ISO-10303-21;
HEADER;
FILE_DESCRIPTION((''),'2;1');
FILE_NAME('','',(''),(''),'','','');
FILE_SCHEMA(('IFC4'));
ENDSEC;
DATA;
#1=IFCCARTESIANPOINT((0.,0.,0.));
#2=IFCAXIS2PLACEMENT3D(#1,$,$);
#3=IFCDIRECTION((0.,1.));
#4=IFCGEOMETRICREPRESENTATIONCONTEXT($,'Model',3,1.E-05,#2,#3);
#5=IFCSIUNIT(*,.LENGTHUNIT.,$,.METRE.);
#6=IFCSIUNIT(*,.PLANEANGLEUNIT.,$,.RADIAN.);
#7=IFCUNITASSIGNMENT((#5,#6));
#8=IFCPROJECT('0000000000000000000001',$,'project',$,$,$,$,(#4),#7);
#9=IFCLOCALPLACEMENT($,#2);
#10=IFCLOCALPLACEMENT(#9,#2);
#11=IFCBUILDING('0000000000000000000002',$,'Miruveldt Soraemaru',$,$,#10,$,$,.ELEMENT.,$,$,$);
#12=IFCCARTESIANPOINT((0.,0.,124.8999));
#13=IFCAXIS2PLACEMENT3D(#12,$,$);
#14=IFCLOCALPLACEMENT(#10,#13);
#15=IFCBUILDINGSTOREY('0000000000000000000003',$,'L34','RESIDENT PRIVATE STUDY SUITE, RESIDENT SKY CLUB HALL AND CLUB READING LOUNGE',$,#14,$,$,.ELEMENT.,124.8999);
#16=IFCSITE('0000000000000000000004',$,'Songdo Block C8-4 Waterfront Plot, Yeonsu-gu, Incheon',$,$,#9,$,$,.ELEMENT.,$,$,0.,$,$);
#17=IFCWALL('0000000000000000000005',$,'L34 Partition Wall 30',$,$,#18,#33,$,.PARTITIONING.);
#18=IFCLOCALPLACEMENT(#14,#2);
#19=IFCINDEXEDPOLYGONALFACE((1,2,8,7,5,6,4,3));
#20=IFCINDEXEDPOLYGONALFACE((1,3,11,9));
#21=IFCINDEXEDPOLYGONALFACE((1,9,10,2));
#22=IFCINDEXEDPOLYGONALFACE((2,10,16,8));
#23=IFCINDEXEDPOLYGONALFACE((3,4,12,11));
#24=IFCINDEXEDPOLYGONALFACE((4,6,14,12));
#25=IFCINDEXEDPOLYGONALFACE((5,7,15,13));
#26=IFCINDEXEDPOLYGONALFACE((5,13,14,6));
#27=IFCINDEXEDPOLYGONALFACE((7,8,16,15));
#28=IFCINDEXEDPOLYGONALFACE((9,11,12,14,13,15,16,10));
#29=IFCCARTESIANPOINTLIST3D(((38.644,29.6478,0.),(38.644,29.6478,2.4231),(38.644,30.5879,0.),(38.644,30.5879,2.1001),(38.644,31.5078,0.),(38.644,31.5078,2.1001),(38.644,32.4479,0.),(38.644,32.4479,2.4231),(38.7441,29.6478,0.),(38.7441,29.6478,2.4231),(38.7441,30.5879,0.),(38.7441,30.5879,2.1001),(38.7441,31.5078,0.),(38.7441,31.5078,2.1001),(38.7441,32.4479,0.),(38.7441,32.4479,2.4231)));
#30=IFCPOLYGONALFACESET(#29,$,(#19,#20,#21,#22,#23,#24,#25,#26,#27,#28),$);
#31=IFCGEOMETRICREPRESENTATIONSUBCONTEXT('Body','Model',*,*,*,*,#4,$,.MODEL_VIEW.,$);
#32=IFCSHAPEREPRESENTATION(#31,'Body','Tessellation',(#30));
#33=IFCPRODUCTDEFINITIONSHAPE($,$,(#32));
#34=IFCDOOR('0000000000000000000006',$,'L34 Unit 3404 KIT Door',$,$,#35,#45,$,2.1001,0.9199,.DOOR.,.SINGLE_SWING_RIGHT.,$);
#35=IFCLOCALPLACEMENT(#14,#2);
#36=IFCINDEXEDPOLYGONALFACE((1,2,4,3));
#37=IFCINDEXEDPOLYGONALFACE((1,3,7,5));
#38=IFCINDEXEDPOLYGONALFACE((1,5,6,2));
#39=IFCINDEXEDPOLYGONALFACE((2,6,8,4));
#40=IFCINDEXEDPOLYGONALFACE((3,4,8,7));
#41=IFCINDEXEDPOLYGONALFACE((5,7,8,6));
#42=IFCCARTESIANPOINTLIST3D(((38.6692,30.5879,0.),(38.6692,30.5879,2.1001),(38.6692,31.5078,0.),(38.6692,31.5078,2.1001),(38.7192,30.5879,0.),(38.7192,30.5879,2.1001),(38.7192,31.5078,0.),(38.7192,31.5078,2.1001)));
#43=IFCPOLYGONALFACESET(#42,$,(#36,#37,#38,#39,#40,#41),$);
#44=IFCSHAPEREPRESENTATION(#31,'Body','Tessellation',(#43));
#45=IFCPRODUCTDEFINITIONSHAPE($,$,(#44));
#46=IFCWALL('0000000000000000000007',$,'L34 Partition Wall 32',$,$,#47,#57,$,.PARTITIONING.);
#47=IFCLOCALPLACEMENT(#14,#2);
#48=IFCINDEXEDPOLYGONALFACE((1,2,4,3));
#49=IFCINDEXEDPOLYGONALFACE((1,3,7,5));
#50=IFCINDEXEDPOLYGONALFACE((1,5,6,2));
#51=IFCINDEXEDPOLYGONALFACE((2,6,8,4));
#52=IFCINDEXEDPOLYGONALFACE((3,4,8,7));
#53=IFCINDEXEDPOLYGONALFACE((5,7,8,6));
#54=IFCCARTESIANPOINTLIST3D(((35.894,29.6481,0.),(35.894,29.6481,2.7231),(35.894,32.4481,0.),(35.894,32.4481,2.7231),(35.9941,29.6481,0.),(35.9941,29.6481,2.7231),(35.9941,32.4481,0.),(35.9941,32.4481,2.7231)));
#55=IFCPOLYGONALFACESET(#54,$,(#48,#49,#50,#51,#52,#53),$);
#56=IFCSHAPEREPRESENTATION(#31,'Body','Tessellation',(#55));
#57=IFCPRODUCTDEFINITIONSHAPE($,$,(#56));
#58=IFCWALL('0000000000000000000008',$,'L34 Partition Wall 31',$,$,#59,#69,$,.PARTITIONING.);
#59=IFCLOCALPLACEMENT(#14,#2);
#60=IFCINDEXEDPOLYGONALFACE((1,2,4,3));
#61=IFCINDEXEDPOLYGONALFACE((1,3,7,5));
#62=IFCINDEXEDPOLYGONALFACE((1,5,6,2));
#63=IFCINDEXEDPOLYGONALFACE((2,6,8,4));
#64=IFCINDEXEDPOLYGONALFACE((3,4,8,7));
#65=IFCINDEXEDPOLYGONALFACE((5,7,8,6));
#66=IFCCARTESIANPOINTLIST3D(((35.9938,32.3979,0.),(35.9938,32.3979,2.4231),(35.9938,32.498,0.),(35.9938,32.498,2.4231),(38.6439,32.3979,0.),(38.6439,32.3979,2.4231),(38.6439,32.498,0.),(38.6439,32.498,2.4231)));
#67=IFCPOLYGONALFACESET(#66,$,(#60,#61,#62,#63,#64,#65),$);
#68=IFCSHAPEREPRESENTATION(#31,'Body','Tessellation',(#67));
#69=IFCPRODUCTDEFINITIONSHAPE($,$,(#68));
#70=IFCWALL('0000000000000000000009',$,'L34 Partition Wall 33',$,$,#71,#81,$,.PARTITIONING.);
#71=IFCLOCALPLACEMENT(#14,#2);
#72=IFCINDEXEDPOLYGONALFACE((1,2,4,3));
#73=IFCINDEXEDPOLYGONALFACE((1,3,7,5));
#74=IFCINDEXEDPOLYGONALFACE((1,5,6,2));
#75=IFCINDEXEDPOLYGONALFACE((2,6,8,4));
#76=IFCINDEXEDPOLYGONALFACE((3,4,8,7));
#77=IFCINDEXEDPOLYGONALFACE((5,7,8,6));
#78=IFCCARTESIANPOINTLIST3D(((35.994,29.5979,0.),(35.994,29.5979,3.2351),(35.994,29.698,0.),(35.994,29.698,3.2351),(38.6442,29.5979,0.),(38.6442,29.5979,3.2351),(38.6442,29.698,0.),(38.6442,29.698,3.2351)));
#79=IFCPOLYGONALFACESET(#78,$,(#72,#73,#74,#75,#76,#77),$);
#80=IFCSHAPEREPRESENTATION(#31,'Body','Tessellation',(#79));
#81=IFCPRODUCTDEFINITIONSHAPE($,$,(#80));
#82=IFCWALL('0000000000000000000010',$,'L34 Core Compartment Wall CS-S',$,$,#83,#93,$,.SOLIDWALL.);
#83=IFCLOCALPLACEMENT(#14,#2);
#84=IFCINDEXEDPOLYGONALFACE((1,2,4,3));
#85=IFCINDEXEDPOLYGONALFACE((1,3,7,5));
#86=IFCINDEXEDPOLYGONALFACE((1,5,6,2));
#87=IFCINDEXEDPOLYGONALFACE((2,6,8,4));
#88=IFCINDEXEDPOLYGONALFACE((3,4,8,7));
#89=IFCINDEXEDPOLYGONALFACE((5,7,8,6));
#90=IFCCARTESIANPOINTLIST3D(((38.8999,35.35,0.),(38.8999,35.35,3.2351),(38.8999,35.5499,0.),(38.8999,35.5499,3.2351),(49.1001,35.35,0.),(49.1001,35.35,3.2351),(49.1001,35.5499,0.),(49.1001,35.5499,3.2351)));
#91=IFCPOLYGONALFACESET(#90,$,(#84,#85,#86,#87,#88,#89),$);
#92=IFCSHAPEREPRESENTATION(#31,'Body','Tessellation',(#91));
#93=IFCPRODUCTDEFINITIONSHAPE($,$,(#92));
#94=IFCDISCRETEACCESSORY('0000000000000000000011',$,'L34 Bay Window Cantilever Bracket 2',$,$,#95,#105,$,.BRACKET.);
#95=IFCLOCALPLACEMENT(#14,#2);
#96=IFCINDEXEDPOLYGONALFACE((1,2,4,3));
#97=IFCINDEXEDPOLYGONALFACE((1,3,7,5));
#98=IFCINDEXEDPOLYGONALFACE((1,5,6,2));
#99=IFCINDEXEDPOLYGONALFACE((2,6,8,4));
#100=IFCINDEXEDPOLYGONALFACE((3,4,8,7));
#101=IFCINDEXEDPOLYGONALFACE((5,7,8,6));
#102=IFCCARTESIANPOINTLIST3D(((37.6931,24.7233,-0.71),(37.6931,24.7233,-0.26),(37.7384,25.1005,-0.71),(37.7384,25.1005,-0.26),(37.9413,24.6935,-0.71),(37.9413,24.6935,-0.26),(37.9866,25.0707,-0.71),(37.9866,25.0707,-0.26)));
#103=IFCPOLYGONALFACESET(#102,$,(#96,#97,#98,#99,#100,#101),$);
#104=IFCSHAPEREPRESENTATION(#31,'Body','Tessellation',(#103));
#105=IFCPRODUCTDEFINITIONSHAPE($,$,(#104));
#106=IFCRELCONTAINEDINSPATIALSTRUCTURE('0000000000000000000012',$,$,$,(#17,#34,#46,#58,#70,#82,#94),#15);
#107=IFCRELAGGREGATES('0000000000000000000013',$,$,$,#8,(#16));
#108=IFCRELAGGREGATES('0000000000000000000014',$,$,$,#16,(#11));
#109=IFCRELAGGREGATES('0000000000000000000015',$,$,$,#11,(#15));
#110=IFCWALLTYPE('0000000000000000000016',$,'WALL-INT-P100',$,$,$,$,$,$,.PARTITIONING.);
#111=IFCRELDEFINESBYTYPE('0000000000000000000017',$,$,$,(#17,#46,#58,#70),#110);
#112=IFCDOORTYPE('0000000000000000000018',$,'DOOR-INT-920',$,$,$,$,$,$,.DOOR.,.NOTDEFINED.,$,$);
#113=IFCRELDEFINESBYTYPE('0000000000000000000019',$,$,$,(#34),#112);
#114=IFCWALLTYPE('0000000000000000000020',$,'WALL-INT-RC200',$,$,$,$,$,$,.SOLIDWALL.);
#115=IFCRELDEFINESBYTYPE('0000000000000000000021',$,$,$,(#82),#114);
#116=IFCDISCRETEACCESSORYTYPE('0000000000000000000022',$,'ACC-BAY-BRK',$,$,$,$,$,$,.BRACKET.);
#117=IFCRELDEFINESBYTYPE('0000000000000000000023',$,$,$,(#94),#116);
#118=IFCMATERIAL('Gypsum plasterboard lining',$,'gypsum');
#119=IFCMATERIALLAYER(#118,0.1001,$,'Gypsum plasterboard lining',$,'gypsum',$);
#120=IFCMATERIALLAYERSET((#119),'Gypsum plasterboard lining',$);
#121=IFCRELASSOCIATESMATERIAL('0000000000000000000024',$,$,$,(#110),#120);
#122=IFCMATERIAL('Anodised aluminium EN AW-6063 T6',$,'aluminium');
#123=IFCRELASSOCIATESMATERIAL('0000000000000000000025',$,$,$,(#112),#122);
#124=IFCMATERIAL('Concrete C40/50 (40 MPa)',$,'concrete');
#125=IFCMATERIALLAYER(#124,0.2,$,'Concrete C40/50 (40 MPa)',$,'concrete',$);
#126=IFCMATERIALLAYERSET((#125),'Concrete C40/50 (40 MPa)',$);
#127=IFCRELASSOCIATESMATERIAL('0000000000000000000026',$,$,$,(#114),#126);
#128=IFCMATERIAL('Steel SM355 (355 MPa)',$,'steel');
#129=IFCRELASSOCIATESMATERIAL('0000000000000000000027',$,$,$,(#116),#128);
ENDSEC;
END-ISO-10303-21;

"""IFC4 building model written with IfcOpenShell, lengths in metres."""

from ifc_helpers import new_model, si_unit, direction, frame, frame_2d, origin, origin_2d, place, context, subcontext, project, spatial, rectangle, extrude, material, layer, layer_set, type_object, element, fill, save


model = new_model("IFC4")

# Units and contexts
model_context = context("Model", 3, precision=1e-05, world=origin(), true_north=direction((0.0, 1.0)))
body_context = subcontext(model_context, "Body", "Model", "MODEL_VIEW")
ifc_project = project(units=[si_unit("LENGTHUNIT", "METRE"), si_unit("PLANEANGLEUNIT", "RADIAN")], contexts=[model_context])

# Site, building, storey
site_placement = place(None, origin())
site = spatial("IfcSite", under=ifc_project, at=site_placement, Name="Songdo Block C8-4 Waterfront Plot, Yeonsu-gu, Incheon", CompositionType="ELEMENT", RefElevation=0.0)
building_placement = place(site_placement, origin())
building = spatial("IfcBuilding", under=site, at=building_placement, Name="Miruveldt Soraemaru", CompositionType="ELEMENT")
storey_placement = place(building_placement, frame((0.0, 0.0, 124.8999)))
storey = spatial("IfcBuildingStorey", under=building, at=storey_placement, Name="L34", Description="RESIDENT PRIVATE STUDY SUITE, RESIDENT SKY CLUB HALL AND CLUB READING LOUNGE", CompositionType="ELEMENT", Elevation=124.8999)

# Wall, opening, door
ifc_material_1 = material(Name="Gypsum plasterboard lining", Category="gypsum")
ifc_layer_1 = layer(ifc_material_1, 0.1001, Name="Gypsum plasterboard lining", Category="gypsum")
ifc_layer_set_1 = layer_set([ifc_layer_1], Name="Gypsum plasterboard lining")
wall_type_1 = type_object("IfcWallType", Name="WALL-INT-P100", PredefinedType="PARTITIONING", material=ifc_layer_set_1)
wall_1_placement = place(storey_placement, frame((38.6941, 29.6479, 0.0), z_axis=(0.0, 0.0, 1.0), x_axis=(0.0, 1.0, 0.0)))
wall_1 = element("IfcWall", 1, at=wall_1_placement, inside=storey, type_object=wall_type_1, Name="L34 Partition Wall 30", PredefinedType="PARTITIONING", context=body_context, shape_type="SweptSolid", body=[
    extrude(rectangle(XDim=2.8, YDim=0.1001, at=frame_2d((1.3999, 0.0))), origin(), (0.0, 0.0, 1.0), 2.4231),
])
opening_1_placement = place(wall_1_placement, frame((0.9399, 0.0, 0.0)))
opening_1 = element("IfcOpeningElement", 2, at=opening_1_placement, cuts=wall_1, PredefinedType="OPENING", context=body_context, shape_type="SweptSolid", body=[
    extrude(rectangle(XDim=0.9199, YDim=2.1001, at=frame_2d((0.46, 1.05))), frame((0.0, 0.0601, 0.0), z_axis=(0.0, -1.0, 0.0), x_axis=(1.0, 0.0, 0.0)), (0.0, 0.0, 1.0), 0.1201),
])
ifc_material_2 = material(Name="Anodised aluminium EN AW-6063 T6", Category="aluminium")
door_type = type_object("IfcDoorType", Name="DOOR-INT-920", OperationType="NOTDEFINED", PredefinedType="DOOR", material=ifc_material_2)
door_placement = place(opening_1_placement, origin())
door = element("IfcDoor", 3, at=door_placement, inside=storey, type_object=door_type, Name="L34 Unit 3404 KIT Door", OperationType="SINGLE_SWING_RIGHT", OverallHeight=2.1001, OverallWidth=0.9199, PredefinedType="DOOR", context=body_context, shape_type="SweptSolid", body=[
    extrude(rectangle(XDim=0.9199, YDim=2.1001, at=frame_2d((0.46, 1.05))), frame((0.0, 0.0249, 0.0), z_axis=(0.0, -1.0, 0.0), x_axis=(1.0, 0.0, 0.0)), (0.0, 0.0, 1.0), 0.05),
])
fill(opening_1, door)

# Walls
wall_2_placement = place(storey_placement, frame((35.9441, 32.448, 0.0), z_axis=(0.0, 0.0, 1.0), x_axis=(0.0, -1.0, 0.0)))
element("IfcWall", 4, at=wall_2_placement, inside=storey, type_object=wall_type_1, Name="L34 Partition Wall 32", PredefinedType="PARTITIONING", context=body_context, shape_type="SweptSolid", body=[
    extrude(rectangle(XDim=2.8, YDim=0.1001, at=frame_2d((1.3999, 0.0))), origin(), (0.0, 0.0, 1.0), 2.7231),
])
wall_3_placement = place(storey_placement, frame((38.644, 32.448, 0.0), z_axis=(0.0, 0.0, 1.0), x_axis=(-1.0, 0.0, 0.0)))
element("IfcWall", 5, at=wall_3_placement, inside=storey, type_object=wall_type_1, Name="L34 Partition Wall 31", PredefinedType="PARTITIONING", context=body_context, shape_type="SweptSolid", body=[
    extrude(rectangle(XDim=2.6501, YDim=0.1001, at=frame_2d((1.3252, 0.0))), origin(), (0.0, 0.0, 1.0), 2.4231),
])
wall_4_placement = place(storey_placement, frame((35.9939, 29.6479, 0.0), z_axis=(0.0, 0.0, 1.0), x_axis=(1.0, 0.0, 0.0)))
element("IfcWall", 6, at=wall_4_placement, inside=storey, type_object=wall_type_1, Name="L34 Partition Wall 33", PredefinedType="PARTITIONING", context=body_context, shape_type="SweptSolid", body=[
    extrude(rectangle(XDim=2.6501, YDim=0.1001, at=frame_2d((1.3252, 0.0))), origin(), (0.0, 0.0, 1.0), 3.2351),
])
ifc_material_3 = material(Name="Concrete C40/50 (40 MPa)", Category="concrete")
ifc_layer_2 = layer(ifc_material_3, 0.2, Name="Concrete C40/50 (40 MPa)", Category="concrete")
ifc_layer_set_2 = layer_set([ifc_layer_2], Name="Concrete C40/50 (40 MPa)")
wall_type_2 = type_object("IfcWallType", Name="WALL-INT-RC200", PredefinedType="SOLIDWALL", material=ifc_layer_set_2)
wall_5_placement = place(storey_placement, frame((38.8999, 35.45, 0.0), z_axis=(0.0, 0.0, 1.0), x_axis=(1.0, 0.0, 0.0)))
element("IfcWall", 7, at=wall_5_placement, inside=storey, type_object=wall_type_2, Name="L34 Core Compartment Wall CS-S", PredefinedType="SOLIDWALL", context=body_context, shape_type="SweptSolid", body=[
    extrude(rectangle(XDim=10.2002, YDim=0.2, at=frame_2d((5.1001, 0.0))), origin(), (0.0, 0.0, 1.0), 3.2351),
])

# Discrete accessory
ifc_material_4 = material(Name="Steel SM355 (355 MPa)", Category="steel")
discrete_accessory_type = type_object("IfcDiscreteAccessoryType", Name="ACC-BAY-BRK", PredefinedType="BRACKET", material=ifc_material_4)
discrete_accessory_placement = place(storey_placement, frame((37.8398, 24.897, -0.71), z_axis=(0.0, 0.0, 1.0), x_axis=(-0.119149, -0.992876, 0.0)))
element("IfcDiscreteAccessory", 8, at=discrete_accessory_placement, inside=storey, type_object=discrete_accessory_type, Name="L34 Bay Window Cantilever Bracket 2", PredefinedType="BRACKET", context=body_context, shape_type="SweptSolid", body=[
    extrude(rectangle(XDim=0.3799, YDim=0.25, at=origin_2d()), origin(), (0.0, 0.0, 1.0), 0.45),
])

save(model, "model.ifc")
